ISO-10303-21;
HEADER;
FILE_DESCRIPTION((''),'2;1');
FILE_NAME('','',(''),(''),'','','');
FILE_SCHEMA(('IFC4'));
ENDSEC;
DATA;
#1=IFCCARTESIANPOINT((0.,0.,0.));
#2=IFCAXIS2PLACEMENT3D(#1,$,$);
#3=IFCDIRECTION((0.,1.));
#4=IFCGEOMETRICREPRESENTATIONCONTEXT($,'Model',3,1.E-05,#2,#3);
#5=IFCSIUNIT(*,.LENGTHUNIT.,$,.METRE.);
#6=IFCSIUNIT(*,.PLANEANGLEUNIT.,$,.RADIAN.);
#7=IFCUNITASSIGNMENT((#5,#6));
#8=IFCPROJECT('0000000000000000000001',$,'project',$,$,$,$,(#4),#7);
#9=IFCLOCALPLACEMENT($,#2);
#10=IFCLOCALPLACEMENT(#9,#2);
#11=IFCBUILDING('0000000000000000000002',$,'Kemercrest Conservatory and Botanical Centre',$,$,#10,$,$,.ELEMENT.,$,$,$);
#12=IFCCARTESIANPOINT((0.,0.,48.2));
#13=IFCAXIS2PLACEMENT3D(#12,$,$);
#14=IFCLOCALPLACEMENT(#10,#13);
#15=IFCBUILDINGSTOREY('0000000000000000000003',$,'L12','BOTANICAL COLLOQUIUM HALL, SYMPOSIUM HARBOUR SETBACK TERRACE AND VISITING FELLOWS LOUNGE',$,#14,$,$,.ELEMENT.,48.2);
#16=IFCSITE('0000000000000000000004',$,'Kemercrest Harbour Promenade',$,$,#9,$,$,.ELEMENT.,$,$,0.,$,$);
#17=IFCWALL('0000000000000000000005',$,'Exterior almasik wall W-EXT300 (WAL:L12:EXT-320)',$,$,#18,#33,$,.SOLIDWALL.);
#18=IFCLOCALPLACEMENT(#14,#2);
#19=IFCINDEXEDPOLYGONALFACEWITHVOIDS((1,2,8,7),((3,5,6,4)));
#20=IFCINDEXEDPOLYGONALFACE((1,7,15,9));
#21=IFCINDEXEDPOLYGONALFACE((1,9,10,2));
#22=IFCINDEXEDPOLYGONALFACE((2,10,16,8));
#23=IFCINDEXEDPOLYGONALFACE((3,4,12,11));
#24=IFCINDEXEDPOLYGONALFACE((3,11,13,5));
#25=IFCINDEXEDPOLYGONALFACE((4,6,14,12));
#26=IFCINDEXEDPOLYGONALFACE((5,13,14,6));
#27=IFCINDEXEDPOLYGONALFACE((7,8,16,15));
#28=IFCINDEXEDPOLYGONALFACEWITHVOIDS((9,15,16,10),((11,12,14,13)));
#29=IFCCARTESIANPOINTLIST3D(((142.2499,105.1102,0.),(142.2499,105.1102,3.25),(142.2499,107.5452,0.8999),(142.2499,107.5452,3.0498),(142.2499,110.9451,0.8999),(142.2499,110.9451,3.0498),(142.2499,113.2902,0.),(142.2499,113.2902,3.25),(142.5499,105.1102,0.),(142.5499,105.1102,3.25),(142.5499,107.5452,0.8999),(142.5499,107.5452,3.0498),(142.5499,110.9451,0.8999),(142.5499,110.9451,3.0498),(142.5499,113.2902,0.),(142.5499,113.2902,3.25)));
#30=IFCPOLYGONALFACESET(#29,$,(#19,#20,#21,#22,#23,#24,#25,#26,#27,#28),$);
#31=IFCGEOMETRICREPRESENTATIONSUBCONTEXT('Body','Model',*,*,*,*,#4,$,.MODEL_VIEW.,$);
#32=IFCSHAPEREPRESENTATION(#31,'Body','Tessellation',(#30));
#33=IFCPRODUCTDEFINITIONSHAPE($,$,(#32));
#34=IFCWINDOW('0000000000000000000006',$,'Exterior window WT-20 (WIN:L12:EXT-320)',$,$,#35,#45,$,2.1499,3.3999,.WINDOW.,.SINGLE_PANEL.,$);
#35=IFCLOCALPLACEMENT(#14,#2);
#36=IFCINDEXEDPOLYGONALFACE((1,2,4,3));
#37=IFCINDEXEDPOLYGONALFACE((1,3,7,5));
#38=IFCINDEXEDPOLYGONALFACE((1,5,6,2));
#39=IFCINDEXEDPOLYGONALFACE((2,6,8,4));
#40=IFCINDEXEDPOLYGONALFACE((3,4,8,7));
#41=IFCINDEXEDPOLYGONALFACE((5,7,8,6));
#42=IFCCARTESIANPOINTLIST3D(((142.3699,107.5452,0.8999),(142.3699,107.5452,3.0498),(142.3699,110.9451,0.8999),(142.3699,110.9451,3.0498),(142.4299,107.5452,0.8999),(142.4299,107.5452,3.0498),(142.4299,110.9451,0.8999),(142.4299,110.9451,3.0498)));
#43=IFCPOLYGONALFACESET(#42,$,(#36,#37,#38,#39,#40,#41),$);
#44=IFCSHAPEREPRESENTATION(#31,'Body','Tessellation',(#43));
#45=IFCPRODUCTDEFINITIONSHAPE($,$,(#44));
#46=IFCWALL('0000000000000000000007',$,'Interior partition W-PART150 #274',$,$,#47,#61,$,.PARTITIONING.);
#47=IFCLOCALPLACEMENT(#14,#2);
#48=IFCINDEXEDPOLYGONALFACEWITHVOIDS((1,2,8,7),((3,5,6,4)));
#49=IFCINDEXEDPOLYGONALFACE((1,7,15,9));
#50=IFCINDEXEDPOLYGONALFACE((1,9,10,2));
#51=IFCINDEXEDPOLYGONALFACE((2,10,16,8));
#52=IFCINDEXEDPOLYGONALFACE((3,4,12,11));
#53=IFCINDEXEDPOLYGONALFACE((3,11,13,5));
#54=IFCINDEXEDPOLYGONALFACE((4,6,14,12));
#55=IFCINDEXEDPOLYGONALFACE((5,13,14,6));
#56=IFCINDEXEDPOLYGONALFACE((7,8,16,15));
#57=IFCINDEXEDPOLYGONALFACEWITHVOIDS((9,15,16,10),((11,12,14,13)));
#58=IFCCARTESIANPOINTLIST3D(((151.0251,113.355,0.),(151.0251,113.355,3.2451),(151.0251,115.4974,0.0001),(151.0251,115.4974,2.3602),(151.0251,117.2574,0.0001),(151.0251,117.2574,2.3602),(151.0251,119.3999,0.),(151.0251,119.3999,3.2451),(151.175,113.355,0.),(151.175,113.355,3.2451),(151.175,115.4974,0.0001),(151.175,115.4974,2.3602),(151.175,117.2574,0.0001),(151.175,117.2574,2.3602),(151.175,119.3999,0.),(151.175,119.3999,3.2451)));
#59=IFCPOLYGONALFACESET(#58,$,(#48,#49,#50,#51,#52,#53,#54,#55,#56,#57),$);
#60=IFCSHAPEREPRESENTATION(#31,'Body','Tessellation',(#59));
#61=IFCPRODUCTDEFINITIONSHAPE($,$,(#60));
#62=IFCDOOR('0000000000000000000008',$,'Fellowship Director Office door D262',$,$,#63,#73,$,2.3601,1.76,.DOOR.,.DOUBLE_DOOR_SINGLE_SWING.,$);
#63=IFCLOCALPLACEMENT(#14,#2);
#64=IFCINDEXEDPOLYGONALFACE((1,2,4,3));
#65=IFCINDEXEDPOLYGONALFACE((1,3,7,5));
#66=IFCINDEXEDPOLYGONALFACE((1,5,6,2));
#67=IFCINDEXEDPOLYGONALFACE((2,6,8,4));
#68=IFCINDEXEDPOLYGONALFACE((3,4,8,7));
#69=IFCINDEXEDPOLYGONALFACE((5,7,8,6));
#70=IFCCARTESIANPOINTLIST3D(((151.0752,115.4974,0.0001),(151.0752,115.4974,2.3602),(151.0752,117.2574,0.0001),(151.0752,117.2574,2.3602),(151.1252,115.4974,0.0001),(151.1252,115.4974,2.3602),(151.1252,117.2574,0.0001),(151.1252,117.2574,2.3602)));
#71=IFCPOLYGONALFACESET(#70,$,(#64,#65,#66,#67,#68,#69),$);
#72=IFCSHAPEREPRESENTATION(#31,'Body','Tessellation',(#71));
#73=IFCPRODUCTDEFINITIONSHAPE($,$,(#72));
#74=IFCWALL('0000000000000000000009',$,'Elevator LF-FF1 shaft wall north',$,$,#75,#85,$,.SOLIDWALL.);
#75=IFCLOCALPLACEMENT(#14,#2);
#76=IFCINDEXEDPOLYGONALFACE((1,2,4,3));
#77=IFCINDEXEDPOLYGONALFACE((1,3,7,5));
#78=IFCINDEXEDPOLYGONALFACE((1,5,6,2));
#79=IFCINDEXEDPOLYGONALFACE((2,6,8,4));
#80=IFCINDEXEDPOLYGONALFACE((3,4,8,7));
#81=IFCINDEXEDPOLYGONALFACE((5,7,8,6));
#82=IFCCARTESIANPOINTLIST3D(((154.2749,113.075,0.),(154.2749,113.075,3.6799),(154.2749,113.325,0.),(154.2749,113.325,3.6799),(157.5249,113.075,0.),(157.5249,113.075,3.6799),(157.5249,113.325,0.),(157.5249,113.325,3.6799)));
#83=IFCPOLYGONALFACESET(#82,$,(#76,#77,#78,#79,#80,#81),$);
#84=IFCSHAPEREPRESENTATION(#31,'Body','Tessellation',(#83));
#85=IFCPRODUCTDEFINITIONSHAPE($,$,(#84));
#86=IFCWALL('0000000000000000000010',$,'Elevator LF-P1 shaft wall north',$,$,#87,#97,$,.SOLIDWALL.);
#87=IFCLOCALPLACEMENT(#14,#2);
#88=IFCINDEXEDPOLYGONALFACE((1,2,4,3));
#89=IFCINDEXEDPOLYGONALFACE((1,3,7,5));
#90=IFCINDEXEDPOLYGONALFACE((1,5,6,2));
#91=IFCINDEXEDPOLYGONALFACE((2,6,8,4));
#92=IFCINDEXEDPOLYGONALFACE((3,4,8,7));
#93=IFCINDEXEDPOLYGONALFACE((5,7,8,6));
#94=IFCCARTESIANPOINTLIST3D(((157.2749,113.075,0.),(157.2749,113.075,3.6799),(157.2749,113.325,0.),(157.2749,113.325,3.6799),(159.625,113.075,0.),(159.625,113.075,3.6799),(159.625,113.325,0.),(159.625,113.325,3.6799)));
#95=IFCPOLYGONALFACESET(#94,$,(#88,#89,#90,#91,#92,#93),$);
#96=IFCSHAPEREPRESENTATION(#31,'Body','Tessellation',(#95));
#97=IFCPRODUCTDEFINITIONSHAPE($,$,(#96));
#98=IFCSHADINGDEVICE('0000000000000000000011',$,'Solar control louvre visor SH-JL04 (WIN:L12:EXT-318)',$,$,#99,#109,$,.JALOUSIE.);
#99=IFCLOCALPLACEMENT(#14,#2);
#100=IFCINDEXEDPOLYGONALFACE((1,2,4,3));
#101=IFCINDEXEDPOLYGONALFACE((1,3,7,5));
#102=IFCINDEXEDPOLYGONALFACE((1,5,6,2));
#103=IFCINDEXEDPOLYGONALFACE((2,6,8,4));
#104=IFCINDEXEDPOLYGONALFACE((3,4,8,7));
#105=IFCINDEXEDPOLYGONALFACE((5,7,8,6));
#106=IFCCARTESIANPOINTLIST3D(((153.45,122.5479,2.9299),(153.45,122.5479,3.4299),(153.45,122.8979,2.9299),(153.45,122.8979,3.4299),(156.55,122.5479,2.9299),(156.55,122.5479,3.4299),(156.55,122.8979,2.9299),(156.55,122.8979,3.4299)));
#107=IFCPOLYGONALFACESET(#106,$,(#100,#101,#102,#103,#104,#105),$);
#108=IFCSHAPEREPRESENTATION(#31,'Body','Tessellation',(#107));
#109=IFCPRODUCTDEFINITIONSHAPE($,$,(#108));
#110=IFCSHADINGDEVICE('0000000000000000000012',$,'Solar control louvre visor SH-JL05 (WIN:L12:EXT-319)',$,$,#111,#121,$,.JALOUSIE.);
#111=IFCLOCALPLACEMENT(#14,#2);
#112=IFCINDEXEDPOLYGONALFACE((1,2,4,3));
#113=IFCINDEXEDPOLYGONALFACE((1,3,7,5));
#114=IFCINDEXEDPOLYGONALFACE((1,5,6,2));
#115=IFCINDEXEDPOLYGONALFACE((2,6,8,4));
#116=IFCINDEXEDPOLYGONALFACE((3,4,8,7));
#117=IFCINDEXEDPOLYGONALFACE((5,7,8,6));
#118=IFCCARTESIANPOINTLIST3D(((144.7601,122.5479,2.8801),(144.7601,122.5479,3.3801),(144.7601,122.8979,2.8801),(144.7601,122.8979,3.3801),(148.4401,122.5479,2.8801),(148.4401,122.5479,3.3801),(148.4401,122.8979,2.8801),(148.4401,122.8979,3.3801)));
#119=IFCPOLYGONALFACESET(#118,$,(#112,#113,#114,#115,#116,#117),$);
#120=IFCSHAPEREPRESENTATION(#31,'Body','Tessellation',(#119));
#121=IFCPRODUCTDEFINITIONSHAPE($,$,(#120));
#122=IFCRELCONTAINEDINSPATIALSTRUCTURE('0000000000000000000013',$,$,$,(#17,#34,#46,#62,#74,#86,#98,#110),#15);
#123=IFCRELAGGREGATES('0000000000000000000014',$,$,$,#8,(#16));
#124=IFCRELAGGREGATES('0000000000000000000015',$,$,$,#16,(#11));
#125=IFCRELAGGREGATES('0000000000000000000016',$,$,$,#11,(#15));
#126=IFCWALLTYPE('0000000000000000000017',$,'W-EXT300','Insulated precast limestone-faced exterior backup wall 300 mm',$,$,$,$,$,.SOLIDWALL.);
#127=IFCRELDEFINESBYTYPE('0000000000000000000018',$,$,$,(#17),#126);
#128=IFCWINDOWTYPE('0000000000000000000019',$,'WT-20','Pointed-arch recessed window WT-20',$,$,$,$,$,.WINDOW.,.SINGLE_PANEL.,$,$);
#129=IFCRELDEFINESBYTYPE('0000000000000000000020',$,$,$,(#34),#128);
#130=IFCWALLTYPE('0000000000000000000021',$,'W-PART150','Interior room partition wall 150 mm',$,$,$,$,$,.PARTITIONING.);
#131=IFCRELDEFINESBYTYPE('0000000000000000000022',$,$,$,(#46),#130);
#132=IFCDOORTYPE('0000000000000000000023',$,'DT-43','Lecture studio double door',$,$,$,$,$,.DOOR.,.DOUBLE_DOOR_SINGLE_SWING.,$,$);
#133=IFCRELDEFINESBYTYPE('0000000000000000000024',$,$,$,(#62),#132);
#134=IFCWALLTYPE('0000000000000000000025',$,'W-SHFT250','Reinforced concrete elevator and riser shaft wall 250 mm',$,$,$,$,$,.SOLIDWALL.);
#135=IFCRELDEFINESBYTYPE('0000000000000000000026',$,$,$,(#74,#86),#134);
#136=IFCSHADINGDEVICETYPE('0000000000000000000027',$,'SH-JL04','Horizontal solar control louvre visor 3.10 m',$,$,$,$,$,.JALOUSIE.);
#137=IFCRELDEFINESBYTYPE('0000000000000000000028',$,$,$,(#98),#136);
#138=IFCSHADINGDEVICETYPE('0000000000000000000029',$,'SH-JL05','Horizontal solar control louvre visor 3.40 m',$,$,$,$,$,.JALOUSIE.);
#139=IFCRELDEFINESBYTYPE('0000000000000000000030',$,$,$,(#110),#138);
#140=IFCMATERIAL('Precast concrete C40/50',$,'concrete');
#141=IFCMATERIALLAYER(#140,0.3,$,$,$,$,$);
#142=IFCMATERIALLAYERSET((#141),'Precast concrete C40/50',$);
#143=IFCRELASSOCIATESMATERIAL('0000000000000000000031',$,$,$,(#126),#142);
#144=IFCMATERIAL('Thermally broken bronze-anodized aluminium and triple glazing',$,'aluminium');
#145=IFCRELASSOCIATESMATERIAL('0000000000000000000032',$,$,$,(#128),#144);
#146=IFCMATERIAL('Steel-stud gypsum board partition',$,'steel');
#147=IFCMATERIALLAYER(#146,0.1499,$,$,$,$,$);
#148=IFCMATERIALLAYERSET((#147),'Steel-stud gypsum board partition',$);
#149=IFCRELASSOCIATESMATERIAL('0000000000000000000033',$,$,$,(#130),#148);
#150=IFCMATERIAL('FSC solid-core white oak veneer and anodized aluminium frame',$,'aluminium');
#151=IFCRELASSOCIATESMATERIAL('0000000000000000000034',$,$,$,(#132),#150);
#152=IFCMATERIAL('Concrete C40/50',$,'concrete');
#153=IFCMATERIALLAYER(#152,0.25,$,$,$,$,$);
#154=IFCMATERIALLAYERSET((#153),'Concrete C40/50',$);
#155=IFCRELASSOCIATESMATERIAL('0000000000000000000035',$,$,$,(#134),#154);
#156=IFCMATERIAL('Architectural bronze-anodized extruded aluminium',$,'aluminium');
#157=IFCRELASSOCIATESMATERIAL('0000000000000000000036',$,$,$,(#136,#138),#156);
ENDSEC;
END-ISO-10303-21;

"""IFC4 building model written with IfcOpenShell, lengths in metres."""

from ifc_helpers import new_model, si_unit, direction, frame, frame_2d, origin, origin_2d, place, context, subcontext, project, spatial, rectangle, extrude, material, layer, layer_set, type_object, element, fill, save


model = new_model("IFC4")

# Units and contexts
model_context = context("Model", 3, precision=1e-05, world=origin(), true_north=direction((0.0, 1.0)))
body_context = subcontext(model_context, "Body", "Model", "MODEL_VIEW")
ifc_project = project(units=[si_unit("LENGTHUNIT", "METRE"), si_unit("PLANEANGLEUNIT", "RADIAN")], contexts=[model_context])

# Site, building, storey
site_placement = place(None, origin())
site = spatial("IfcSite", under=ifc_project, at=site_placement, Name="Kemercrest Harbour Promenade", CompositionType="ELEMENT", RefElevation=0.0)
building_placement = place(site_placement, origin())
building = spatial("IfcBuilding", under=site, at=building_placement, Name="Kemercrest Conservatory and Botanical Centre", CompositionType="ELEMENT")
storey_placement = place(building_placement, frame((0.0, 0.0, 48.2)))
storey = spatial("IfcBuildingStorey", under=building, at=storey_placement, Name="L12", Description="BOTANICAL COLLOQUIUM HALL, SYMPOSIUM HARBOUR SETBACK TERRACE AND VISITING FELLOWS LOUNGE", CompositionType="ELEMENT", Elevation=48.2)

# Shared definitions
ifc_material_1 = material(Name="Concrete C40/50", Category="concrete")

# Wall, opening, window
ifc_material_2 = material(Name="Precast concrete C40/50", Category="concrete")
ifc_layer_1 = layer(ifc_material_2, 0.3)
ifc_layer_set_1 = layer_set([ifc_layer_1], Name="Precast concrete C40/50")
wall_type_1 = type_object("IfcWallType", Name="W-EXT300", Description="Insulated precast limestone-faced exterior backup wall 300 mm", PredefinedType="SOLIDWALL", material=ifc_layer_set_1)
ifc_material_3 = material(Name="Thermally broken bronze-anodized aluminium and triple glazing", Category="aluminium")
window_type = type_object("IfcWindowType", Name="WT-20", Description="Pointed-arch recessed window WT-20", PartitioningType="SINGLE_PANEL", PredefinedType="WINDOW", material=ifc_material_3)
wall_1_placement = place(storey_placement, frame((142.3999, 113.29, 0.0), z_axis=(0.0, 0.0, 1.0), x_axis=(0.0, -1.0, 0.0)))
wall_1 = element("IfcWall", 1, at=wall_1_placement, inside=storey, type_object=wall_type_1, Name="Exterior almasik wall W-EXT300 (WAL:L12:EXT-320)", PredefinedType="SOLIDWALL", context=body_context, shape_type="SweptSolid", body=[
    extrude(rectangle(XDim=8.1799, YDim=0.3, at=frame_2d((4.0898, 0.0))), origin(), (0.0, 0.0, 1.0), 3.25),
])
opening_1_placement = place(wall_1_placement, frame((2.345, 0.0, 0.8999)))
opening_1 = element("IfcOpeningElement", 2, at=opening_1_placement, cuts=wall_1, PredefinedType="OPENING", context=body_context, shape_type="SweptSolid", body=[
    extrude(rectangle(XDim=3.3999, YDim=2.1499, at=frame_2d((1.7, 1.075))), frame((0.0, 0.1602, 0.0), z_axis=(0.0, -1.0, 0.0), x_axis=(1.0, 0.0, 0.0)), (0.0, 0.0, 1.0), 0.3201),
])
window_1_placement = place(opening_1_placement, origin())
window_1 = element("IfcWindow", 3, at=window_1_placement, inside=storey, type_object=window_type, Name="Exterior window WT-20 (WIN:L12:EXT-320)", OverallHeight=2.1499, OverallWidth=3.3999, PartitioningType="SINGLE_PANEL", PredefinedType="WINDOW", context=body_context, shape_type="SweptSolid", body=[
    extrude(rectangle(XDim=3.3999, YDim=2.1499, at=frame_2d((1.7, 1.075))), frame((0.0, 0.03, 0.0), z_axis=(0.0, -1.0, 0.0), x_axis=(1.0, 0.0, 0.0)), (0.0, 0.0, 1.0), 0.0601),
])
fill(opening_1, window_1)

# Wall, opening, door
ifc_material_4 = material(Name="Steel-stud gypsum board partition", Category="steel")
ifc_layer_2 = layer(ifc_material_4, 0.1499)
ifc_layer_set_2 = layer_set([ifc_layer_2], Name="Steel-stud gypsum board partition")
wall_type_2 = type_object("IfcWallType", Name="W-PART150", Description="Interior room partition wall 150 mm", PredefinedType="PARTITIONING", material=ifc_layer_set_2)
wall_2_placement = place(storey_placement, frame((151.1001, 113.355, 0.0), z_axis=(0.0, 0.0, 1.0), x_axis=(0.0, 1.0, 0.0)))
wall_2 = element("IfcWall", 4, at=wall_2_placement, inside=storey, type_object=wall_type_2, Name="Interior partition W-PART150 #274", PredefinedType="PARTITIONING", context=body_context, shape_type="SweptSolid", body=[
    extrude(rectangle(XDim=6.0449, YDim=0.1499, at=frame_2d((3.0225, 0.0))), origin(), (0.0, 0.0, 1.0), 3.2451),
])
opening_2_placement = place(wall_2_placement, frame((2.1426, 0.0, 0.0)))
opening_2 = element("IfcOpeningElement", 5, at=opening_2_placement, cuts=wall_2, PredefinedType="OPENING", context=body_context, shape_type="SweptSolid", body=[
    extrude(rectangle(XDim=1.76, YDim=2.3601, at=frame_2d((0.8799, 1.1802))), frame((0.0, 0.085, 0.0), z_axis=(0.0, -1.0, 0.0), x_axis=(1.0, 0.0, 0.0)), (0.0, 0.0, 1.0), 0.1699),
])
ifc_material_5 = material(Name="FSC solid-core white oak veneer and anodized aluminium frame", Category="aluminium")
door_type = type_object("IfcDoorType", Name="DT-43", Description="Lecture studio double door", OperationType="DOUBLE_DOOR_SINGLE_SWING", PredefinedType="DOOR", material=ifc_material_5)
door_placement = place(opening_2_placement, origin())
door = element("IfcDoor", 6, at=door_placement, inside=storey, type_object=door_type, Name="Fellowship Director Office door D262", OperationType="DOUBLE_DOOR_SINGLE_SWING", OverallHeight=2.3601, OverallWidth=1.76, PredefinedType="DOOR", context=body_context, shape_type="SweptSolid", body=[
    extrude(rectangle(XDim=1.76, YDim=2.3601, at=frame_2d((0.8799, 1.1802))), frame((0.0, 0.0249, 0.0), z_axis=(0.0, -1.0, 0.0), x_axis=(1.0, 0.0, 0.0)), (0.0, 0.0, 1.0), 0.05),
])
fill(opening_2, door)

# Walls
ifc_layer_3 = layer(ifc_material_1, 0.25)
ifc_layer_set_3 = layer_set([ifc_layer_3], Name="Concrete C40/50")
wall_type_3 = type_object("IfcWallType", Name="W-SHFT250", Description="Reinforced concrete elevator and riser shaft wall 250 mm", PredefinedType="SOLIDWALL", material=ifc_layer_set_3)
wall_3_placement = place(storey_placement, frame((154.2749, 113.2, 0.0), z_axis=(0.0, 0.0, 1.0), x_axis=(1.0, 0.0, 0.0)))
element("IfcWall", 7, at=wall_3_placement, inside=storey, type_object=wall_type_3, Name="Elevator LF-FF1 shaft wall north", PredefinedType="SOLIDWALL", context=body_context, shape_type="SweptSolid", body=[
    extrude(rectangle(XDim=3.25, YDim=0.25, at=frame_2d((1.625, 0.0))), origin(), (0.0, 0.0, 1.0), 3.6799),
])
wall_4_placement = place(storey_placement, frame((157.2749, 113.2, 0.0), z_axis=(0.0, 0.0, 1.0), x_axis=(1.0, 0.0, 0.0)))
element("IfcWall", 8, at=wall_4_placement, inside=storey, type_object=wall_type_3, Name="Elevator LF-P1 shaft wall north", PredefinedType="SOLIDWALL", context=body_context, shape_type="SweptSolid", body=[
    extrude(rectangle(XDim=2.3501, YDim=0.25, at=frame_2d((1.175, 0.0))), origin(), (0.0, 0.0, 1.0), 3.6799),
])

# Shading devices
ifc_material_6 = material(Name="Architectural bronze-anodized extruded aluminium", Category="aluminium")
shading_device_type_1 = type_object("IfcShadingDeviceType", Name="SH-JL04", Description="Horizontal solar control louvre visor 3.10 m", PredefinedType="JALOUSIE", material=ifc_material_6)
shading_device_1_placement = place(storey_placement, frame((155.0, 122.7229, 2.9299), z_axis=(0.0, 0.0, 1.0), x_axis=(-1.0, 0.0, 0.0)))
element("IfcShadingDevice", 9, at=shading_device_1_placement, inside=storey, type_object=shading_device_type_1, Name="Solar control louvre visor SH-JL04 (WIN:L12:EXT-318)", PredefinedType="JALOUSIE", context=body_context, shape_type="SweptSolid", body=[
    extrude(rectangle(XDim=3.1001, YDim=0.3501, at=origin_2d()), origin(), (0.0, 0.0, 1.0), 0.5),
])
shading_device_type_2 = type_object("IfcShadingDeviceType", Name="SH-JL05", Description="Horizontal solar control louvre visor 3.40 m", PredefinedType="JALOUSIE", material=ifc_material_6)
shading_device_2_placement = place(storey_placement, frame((146.6001, 122.7229, 2.8801), z_axis=(0.0, 0.0, 1.0), x_axis=(-1.0, 0.0, 0.0)))
element("IfcShadingDevice", 10, at=shading_device_2_placement, inside=storey, type_object=shading_device_type_2, Name="Solar control louvre visor SH-JL05 (WIN:L12:EXT-319)", PredefinedType="JALOUSIE", context=body_context, shape_type="SweptSolid", body=[
    extrude(rectangle(XDim=3.6799, YDim=0.3501, at=origin_2d()), origin(), (0.0, 0.0, 1.0), 0.5),
])

save(model, "model.ifc")
